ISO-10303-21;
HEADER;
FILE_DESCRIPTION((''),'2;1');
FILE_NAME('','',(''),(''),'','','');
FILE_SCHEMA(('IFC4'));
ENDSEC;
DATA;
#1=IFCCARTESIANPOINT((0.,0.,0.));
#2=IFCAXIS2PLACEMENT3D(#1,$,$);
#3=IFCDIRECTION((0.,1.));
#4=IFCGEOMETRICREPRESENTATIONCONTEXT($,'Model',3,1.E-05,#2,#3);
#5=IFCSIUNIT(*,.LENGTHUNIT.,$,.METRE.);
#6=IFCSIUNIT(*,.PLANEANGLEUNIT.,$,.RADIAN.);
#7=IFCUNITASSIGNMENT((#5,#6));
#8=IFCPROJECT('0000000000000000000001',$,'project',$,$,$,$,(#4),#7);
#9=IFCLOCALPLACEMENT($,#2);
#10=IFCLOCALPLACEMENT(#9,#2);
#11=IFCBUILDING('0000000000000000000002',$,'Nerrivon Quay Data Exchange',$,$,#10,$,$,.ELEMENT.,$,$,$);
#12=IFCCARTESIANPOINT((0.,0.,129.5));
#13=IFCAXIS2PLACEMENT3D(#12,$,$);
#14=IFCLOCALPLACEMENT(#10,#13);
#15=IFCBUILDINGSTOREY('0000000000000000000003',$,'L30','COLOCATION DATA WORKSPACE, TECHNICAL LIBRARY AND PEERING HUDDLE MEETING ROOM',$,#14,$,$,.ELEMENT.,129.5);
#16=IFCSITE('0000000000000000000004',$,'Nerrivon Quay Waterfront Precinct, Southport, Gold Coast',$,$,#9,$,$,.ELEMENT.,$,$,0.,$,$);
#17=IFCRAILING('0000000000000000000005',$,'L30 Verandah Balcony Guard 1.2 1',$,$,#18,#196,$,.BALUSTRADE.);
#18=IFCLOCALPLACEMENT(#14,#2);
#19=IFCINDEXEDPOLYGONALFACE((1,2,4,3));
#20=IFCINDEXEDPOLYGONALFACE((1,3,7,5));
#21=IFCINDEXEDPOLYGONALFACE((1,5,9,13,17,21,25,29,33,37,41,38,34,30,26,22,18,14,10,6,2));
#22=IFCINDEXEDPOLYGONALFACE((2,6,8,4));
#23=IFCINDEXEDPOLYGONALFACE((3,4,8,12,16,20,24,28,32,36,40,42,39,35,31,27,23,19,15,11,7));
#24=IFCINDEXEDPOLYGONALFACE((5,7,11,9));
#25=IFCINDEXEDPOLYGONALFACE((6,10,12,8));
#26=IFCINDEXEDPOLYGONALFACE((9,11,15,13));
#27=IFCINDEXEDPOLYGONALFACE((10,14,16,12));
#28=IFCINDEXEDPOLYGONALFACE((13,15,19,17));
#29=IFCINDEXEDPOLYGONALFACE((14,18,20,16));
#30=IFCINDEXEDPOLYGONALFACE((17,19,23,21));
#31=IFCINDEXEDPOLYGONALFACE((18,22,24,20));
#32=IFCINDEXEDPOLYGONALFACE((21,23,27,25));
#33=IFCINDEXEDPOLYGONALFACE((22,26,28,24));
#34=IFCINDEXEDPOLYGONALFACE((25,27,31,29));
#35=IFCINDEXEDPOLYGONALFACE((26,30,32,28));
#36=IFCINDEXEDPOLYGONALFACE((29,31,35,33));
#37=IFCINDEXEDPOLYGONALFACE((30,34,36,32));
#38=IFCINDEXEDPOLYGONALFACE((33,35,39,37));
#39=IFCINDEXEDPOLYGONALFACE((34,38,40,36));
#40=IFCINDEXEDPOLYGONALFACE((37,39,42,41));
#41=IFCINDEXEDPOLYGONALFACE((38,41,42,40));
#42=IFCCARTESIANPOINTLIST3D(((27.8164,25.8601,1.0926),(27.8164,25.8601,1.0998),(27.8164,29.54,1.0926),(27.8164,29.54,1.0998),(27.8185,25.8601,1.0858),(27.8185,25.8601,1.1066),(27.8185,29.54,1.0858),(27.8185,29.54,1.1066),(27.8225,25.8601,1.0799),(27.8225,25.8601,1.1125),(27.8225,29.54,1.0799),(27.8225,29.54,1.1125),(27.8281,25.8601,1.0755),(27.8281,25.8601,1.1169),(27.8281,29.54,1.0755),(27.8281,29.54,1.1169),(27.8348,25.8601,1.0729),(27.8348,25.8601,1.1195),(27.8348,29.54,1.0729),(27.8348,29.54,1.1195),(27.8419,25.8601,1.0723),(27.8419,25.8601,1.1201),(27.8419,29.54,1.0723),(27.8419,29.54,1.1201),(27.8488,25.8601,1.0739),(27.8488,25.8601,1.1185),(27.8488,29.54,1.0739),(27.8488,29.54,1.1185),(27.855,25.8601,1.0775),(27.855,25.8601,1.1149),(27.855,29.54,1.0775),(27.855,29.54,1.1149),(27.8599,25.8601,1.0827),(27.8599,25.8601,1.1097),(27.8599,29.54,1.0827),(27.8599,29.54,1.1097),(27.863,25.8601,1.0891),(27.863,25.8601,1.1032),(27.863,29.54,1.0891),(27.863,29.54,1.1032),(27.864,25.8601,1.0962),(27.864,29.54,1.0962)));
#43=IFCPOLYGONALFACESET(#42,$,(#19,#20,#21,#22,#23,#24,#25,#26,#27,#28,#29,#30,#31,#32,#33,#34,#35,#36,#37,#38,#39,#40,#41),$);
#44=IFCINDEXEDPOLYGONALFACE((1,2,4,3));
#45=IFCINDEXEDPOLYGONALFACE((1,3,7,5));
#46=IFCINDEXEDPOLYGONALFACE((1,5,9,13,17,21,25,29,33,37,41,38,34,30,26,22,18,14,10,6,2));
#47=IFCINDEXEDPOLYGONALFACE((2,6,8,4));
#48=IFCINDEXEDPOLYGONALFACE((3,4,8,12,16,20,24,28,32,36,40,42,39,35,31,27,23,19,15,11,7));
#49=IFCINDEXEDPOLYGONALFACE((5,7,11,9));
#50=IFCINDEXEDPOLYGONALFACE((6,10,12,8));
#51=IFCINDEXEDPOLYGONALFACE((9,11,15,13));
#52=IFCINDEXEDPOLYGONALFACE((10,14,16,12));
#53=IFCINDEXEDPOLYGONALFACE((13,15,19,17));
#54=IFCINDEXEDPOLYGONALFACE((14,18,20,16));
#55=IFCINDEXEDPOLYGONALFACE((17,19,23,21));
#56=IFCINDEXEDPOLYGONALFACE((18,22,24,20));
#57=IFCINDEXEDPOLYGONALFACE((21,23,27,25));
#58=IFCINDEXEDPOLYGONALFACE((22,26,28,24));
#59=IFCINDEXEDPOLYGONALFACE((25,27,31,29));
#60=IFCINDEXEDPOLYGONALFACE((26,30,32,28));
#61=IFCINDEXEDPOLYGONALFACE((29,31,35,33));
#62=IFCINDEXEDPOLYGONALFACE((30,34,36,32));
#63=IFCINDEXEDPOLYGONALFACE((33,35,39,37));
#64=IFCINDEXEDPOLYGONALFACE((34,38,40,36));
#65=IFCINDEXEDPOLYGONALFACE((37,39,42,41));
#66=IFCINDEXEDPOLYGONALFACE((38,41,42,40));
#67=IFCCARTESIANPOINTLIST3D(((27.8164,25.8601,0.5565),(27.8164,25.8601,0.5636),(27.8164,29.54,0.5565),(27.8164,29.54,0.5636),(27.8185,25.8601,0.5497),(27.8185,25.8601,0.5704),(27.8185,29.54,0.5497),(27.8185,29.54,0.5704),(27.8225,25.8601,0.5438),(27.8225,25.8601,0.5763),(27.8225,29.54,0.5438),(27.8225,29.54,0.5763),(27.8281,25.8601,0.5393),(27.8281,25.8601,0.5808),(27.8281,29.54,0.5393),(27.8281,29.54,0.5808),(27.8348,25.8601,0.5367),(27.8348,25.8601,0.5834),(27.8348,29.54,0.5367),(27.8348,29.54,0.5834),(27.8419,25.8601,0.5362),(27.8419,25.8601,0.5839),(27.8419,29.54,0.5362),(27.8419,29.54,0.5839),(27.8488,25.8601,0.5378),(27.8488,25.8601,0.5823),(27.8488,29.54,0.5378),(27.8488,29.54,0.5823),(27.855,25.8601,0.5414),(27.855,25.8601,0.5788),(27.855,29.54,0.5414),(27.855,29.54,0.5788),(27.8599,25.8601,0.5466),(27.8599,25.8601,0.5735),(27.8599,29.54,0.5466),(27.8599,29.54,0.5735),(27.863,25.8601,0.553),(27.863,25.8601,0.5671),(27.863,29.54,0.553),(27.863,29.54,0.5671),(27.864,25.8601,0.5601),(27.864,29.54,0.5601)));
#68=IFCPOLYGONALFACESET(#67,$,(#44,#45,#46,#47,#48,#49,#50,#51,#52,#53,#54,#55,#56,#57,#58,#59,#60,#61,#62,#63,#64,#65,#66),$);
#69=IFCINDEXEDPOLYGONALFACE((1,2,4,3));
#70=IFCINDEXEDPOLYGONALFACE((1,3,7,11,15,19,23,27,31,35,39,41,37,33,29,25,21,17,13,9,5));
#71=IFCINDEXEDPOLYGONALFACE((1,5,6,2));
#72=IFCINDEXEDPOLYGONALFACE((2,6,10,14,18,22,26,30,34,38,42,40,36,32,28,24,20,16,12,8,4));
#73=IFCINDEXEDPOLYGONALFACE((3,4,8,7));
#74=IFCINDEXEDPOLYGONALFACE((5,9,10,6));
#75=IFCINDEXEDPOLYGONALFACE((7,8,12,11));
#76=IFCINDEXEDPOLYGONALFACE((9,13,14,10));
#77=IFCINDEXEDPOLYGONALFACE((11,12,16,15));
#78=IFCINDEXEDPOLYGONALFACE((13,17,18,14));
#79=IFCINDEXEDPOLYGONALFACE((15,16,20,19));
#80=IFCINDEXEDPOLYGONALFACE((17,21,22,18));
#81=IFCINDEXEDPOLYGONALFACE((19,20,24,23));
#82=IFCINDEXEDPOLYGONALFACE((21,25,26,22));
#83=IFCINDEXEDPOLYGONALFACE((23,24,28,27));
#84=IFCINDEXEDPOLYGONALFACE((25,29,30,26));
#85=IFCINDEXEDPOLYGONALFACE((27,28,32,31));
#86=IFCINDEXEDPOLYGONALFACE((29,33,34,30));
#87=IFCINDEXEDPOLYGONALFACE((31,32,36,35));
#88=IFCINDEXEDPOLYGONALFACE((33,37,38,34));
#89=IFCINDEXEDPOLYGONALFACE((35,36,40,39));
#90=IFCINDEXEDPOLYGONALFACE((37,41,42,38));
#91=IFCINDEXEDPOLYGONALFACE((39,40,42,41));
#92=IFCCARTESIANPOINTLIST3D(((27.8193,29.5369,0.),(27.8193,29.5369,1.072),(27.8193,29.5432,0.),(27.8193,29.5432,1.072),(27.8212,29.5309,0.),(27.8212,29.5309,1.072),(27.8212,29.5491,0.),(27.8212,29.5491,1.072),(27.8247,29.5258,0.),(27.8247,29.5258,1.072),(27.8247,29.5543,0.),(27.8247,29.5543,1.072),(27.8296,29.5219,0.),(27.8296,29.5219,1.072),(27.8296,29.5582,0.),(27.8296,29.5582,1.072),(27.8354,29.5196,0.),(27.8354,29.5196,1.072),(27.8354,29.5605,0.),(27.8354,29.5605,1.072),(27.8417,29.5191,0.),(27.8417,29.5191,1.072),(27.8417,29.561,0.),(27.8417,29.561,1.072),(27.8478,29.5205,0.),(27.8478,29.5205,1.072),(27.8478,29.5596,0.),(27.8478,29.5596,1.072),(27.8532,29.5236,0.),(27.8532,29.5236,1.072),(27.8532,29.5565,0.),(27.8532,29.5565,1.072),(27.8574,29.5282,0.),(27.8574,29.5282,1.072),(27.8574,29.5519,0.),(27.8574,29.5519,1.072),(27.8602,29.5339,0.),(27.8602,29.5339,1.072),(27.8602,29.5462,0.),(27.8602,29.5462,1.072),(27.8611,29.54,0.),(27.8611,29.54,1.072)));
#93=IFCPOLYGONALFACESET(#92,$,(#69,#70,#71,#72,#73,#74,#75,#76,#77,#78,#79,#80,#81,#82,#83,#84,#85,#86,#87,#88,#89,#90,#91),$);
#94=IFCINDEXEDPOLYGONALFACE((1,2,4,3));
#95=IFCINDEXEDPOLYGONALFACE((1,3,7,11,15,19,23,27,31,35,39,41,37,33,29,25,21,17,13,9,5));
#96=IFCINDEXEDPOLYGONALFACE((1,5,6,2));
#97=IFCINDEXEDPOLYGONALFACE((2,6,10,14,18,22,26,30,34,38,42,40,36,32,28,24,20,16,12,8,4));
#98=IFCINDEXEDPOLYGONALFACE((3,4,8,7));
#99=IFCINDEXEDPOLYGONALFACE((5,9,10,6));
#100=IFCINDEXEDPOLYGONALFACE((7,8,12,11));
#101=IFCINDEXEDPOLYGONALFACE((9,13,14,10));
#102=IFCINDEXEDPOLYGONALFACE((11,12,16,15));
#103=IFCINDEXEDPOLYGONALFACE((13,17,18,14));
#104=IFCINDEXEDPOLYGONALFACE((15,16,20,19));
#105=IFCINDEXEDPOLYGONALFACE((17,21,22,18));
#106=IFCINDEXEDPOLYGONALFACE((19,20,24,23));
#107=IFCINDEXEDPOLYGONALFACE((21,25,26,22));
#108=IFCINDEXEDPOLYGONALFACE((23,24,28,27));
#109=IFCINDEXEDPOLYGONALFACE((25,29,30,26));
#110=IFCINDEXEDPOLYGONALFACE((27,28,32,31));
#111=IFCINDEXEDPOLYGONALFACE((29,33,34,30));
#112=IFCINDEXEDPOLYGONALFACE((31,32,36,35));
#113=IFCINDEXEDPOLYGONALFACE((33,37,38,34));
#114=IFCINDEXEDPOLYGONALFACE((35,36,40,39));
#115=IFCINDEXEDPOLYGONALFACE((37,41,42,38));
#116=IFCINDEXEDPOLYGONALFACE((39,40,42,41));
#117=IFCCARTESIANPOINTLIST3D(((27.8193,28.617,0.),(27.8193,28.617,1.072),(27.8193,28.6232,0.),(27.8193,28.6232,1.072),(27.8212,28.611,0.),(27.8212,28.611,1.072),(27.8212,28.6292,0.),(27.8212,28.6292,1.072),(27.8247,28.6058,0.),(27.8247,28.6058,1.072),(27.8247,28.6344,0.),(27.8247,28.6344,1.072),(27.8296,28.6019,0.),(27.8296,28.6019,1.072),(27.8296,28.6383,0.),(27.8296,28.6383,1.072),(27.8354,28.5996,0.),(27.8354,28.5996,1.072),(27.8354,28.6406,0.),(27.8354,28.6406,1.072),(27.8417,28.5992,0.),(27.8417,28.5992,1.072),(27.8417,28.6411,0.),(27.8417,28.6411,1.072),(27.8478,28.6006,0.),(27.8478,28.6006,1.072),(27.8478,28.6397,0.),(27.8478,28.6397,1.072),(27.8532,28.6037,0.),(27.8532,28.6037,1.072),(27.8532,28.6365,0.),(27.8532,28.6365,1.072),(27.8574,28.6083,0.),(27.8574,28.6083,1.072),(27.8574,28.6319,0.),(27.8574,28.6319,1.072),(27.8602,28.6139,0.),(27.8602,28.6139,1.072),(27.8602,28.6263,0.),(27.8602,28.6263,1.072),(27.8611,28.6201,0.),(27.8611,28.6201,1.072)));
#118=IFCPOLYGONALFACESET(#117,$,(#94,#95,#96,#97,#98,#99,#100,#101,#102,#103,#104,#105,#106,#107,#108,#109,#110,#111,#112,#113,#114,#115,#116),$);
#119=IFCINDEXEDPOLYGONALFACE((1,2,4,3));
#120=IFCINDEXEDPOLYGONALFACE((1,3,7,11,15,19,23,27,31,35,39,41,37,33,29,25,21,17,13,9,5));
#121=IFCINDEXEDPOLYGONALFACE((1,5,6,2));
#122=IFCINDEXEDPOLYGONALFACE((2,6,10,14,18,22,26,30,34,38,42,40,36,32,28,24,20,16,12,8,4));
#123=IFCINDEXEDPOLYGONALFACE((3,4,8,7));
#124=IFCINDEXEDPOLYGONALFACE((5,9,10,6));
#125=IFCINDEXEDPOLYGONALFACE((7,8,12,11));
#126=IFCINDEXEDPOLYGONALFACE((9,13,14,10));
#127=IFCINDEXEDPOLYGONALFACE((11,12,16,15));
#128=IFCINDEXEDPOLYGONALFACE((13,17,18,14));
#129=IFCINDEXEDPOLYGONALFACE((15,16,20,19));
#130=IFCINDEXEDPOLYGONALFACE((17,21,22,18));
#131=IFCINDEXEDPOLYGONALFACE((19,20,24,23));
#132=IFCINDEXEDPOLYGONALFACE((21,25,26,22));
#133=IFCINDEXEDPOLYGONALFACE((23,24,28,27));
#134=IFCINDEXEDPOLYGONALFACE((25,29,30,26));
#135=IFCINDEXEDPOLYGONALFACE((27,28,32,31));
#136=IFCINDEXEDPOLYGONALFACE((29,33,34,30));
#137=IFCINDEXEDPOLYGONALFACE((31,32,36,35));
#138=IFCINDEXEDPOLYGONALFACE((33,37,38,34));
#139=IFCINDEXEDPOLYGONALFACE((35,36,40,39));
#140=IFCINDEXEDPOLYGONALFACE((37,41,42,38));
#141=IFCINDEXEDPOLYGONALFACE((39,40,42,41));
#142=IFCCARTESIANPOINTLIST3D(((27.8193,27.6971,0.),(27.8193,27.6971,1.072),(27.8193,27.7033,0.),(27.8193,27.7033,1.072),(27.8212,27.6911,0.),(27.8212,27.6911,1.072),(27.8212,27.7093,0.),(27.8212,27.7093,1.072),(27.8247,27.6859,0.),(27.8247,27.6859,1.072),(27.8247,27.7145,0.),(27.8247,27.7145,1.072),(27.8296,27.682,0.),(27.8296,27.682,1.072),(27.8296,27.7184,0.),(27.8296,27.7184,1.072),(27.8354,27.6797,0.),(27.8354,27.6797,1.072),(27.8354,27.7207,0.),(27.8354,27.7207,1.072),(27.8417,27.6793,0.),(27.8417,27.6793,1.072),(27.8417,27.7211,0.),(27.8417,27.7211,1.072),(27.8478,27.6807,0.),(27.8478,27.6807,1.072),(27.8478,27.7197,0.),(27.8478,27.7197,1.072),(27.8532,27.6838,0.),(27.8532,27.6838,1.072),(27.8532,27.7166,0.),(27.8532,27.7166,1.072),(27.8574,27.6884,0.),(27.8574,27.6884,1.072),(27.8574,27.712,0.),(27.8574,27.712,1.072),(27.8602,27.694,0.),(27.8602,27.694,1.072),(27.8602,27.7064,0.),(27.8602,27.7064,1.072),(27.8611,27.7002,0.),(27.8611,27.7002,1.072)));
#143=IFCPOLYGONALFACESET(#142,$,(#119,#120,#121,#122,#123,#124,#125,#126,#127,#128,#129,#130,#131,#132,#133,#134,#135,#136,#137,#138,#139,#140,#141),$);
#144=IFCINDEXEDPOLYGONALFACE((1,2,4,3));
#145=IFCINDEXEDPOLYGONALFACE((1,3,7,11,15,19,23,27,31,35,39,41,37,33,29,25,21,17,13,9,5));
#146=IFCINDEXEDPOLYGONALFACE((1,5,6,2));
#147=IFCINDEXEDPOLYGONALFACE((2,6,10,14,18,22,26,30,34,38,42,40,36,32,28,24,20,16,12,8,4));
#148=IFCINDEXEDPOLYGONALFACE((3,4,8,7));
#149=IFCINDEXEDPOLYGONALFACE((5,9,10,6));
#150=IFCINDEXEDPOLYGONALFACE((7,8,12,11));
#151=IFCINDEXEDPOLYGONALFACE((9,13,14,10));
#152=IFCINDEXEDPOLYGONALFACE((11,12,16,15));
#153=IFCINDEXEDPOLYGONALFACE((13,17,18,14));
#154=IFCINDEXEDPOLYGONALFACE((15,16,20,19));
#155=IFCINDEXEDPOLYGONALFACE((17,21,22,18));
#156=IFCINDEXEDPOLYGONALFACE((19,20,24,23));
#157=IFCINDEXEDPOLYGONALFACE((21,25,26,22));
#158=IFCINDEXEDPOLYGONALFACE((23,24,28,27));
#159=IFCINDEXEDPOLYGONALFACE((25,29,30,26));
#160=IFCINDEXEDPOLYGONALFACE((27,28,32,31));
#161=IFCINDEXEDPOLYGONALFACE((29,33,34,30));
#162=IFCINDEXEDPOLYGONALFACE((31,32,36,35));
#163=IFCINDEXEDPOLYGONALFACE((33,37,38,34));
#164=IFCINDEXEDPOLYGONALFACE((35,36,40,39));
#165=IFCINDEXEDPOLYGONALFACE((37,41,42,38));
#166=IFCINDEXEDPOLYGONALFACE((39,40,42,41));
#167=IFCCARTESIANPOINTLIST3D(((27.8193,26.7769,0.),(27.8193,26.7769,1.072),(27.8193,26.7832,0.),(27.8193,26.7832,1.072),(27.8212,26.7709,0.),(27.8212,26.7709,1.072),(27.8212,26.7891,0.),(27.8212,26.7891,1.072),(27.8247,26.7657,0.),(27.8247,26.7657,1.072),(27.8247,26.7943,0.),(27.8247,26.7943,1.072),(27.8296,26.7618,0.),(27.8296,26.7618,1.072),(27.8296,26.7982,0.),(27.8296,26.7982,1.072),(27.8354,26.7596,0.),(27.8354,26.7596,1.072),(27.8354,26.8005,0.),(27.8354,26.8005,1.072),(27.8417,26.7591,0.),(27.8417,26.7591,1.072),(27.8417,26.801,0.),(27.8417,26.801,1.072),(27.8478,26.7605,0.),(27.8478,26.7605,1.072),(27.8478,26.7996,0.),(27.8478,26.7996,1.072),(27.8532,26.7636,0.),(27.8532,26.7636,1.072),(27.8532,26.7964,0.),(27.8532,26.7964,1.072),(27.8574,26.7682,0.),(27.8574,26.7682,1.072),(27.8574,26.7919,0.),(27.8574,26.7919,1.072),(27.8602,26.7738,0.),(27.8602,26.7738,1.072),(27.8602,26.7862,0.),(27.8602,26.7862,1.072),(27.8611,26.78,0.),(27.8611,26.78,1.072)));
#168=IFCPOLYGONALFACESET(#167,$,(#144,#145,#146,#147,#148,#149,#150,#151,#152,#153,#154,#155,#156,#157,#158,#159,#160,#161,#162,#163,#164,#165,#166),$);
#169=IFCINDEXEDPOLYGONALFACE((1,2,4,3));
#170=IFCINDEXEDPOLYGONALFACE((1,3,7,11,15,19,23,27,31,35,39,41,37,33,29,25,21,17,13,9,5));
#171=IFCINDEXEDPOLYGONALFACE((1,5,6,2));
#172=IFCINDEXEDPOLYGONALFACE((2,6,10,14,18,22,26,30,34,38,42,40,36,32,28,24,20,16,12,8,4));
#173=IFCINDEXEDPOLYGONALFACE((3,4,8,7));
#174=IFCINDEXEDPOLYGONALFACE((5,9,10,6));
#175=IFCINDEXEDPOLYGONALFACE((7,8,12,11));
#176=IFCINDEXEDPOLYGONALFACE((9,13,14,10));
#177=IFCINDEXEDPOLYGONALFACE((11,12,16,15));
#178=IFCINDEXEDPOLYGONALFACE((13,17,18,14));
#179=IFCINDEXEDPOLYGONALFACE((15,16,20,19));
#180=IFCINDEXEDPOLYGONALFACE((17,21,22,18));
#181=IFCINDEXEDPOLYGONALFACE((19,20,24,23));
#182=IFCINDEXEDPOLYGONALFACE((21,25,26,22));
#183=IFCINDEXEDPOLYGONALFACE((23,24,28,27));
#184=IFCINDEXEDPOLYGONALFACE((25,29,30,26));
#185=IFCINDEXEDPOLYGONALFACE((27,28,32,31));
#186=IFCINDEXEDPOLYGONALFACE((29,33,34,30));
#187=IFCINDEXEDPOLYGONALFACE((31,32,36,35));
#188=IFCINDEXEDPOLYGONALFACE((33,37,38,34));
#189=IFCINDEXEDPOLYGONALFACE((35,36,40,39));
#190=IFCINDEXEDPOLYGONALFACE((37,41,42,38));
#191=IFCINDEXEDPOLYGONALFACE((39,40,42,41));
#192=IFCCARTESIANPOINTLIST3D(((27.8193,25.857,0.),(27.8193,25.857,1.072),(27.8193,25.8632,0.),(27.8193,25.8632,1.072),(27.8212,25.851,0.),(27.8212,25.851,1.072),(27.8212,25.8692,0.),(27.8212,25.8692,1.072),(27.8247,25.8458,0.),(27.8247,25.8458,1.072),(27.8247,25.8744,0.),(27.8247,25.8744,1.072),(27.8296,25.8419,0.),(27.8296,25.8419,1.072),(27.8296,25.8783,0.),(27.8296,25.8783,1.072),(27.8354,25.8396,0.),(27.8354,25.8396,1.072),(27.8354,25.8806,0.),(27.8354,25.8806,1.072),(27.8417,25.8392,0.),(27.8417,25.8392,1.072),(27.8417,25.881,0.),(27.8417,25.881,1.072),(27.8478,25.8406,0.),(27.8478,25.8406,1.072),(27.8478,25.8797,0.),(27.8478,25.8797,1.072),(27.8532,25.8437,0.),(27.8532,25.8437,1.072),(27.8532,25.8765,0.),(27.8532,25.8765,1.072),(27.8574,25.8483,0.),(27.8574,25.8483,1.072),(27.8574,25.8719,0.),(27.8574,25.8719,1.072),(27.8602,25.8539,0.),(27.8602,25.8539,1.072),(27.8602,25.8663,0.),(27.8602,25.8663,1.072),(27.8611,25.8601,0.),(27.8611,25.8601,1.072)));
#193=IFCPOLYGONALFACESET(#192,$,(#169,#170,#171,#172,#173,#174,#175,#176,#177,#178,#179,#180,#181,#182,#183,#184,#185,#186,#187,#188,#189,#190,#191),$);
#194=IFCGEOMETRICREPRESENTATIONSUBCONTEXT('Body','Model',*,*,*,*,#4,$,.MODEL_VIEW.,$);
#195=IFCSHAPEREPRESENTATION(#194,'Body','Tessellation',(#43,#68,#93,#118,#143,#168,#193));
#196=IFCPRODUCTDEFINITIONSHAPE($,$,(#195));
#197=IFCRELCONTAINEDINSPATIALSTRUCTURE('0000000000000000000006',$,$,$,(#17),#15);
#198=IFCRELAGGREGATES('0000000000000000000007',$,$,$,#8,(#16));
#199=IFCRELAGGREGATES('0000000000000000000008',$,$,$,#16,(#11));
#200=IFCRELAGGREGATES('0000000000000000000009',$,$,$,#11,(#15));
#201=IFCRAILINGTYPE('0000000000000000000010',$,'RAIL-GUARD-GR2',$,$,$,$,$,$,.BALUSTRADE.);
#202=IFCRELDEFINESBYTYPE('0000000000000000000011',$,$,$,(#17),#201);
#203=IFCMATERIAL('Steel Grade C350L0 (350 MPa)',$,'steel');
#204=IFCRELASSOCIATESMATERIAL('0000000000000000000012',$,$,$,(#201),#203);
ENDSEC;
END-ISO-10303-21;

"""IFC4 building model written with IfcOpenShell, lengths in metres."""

from ifc_helpers import new_model, si_unit, direction, frame, origin, origin_2d, place, context, subcontext, project, spatial, circle, extrude, material, type_object, element, save


model = new_model("IFC4")

# Units and contexts
model_context = context("Model", 3, precision=1e-05, world=origin(), true_north=direction((0.0, 1.0)))
body_context = subcontext(model_context, "Body", "Model", "MODEL_VIEW")
ifc_project = project(units=[si_unit("LENGTHUNIT", "METRE"), si_unit("PLANEANGLEUNIT", "RADIAN")], contexts=[model_context])

# Site, building, storey
site_placement = place(None, origin())
site = spatial("IfcSite", under=ifc_project, at=site_placement, Name="Nerrivon Quay Waterfront Precinct, Southport, Gold Coast", CompositionType="ELEMENT", RefElevation=0.0)
building_placement = place(site_placement, origin())
building = spatial("IfcBuilding", under=site, at=building_placement, Name="Nerrivon Quay Data Exchange", CompositionType="ELEMENT")
storey_placement = place(building_placement, frame((0.0, 0.0, 129.5)))
storey = spatial("IfcBuildingStorey", under=building, at=storey_placement, Name="L30", Description="COLOCATION DATA WORKSPACE, TECHNICAL LIBRARY AND PEERING HUDDLE MEETING ROOM", CompositionType="ELEMENT", Elevation=129.5)

# Railing
ifc_material_1 = material(Name="Steel Grade C350L0 (350 MPa)", Category="steel")
railing_type = type_object("IfcRailingType", Name="RAIL-GUARD-GR2", PredefinedType="BALUSTRADE", material=ifc_material_1)
railing_1_placement = place(storey_placement, frame((27.8401, 29.54, 0.0)))
element("IfcRailing", 1, at=railing_1_placement, inside=storey, type_object=railing_type, Name="L30 Verandah Balcony Guard 1.2 1", PredefinedType="BALUSTRADE", context=body_context, shape_type="SweptSolid", body=[
    extrude(circle(Radius=0.0239, at=origin_2d()), frame((0.0, 0.0, 1.0962), z_axis=(0.0, -1.0, 0.0), x_axis=(1.0, 0.0, 0.0)), (0.0, 0.0, 1.0), 3.6799),
    extrude(circle(Radius=0.0239, at=origin_2d()), frame((0.0, 0.0, 0.5601), z_axis=(0.0, -1.0, 0.0), x_axis=(1.0, 0.0, 0.0)), (0.0, 0.0, 1.0), 3.6799),
    extrude(circle(Radius=0.021, at=origin_2d()), origin(), (0.0, 0.0, 1.0), 1.072),
    extrude(circle(Radius=0.021, at=origin_2d()), frame((0.0, -0.9199, 0.0)), (0.0, 0.0, 1.0), 1.072),
    extrude(circle(Radius=0.021, at=origin_2d()), frame((0.0, -1.8398, 0.0)), (0.0, 0.0, 1.0), 1.072),
    extrude(circle(Radius=0.021, at=origin_2d()), frame((0.0, -2.76, 0.0)), (0.0, 0.0, 1.0), 1.072),
    extrude(circle(Radius=0.021, at=origin_2d()), frame((0.0, -3.6799, 0.0)), (0.0, 0.0, 1.0), 1.072),
])

save(model, "model.ifc")
